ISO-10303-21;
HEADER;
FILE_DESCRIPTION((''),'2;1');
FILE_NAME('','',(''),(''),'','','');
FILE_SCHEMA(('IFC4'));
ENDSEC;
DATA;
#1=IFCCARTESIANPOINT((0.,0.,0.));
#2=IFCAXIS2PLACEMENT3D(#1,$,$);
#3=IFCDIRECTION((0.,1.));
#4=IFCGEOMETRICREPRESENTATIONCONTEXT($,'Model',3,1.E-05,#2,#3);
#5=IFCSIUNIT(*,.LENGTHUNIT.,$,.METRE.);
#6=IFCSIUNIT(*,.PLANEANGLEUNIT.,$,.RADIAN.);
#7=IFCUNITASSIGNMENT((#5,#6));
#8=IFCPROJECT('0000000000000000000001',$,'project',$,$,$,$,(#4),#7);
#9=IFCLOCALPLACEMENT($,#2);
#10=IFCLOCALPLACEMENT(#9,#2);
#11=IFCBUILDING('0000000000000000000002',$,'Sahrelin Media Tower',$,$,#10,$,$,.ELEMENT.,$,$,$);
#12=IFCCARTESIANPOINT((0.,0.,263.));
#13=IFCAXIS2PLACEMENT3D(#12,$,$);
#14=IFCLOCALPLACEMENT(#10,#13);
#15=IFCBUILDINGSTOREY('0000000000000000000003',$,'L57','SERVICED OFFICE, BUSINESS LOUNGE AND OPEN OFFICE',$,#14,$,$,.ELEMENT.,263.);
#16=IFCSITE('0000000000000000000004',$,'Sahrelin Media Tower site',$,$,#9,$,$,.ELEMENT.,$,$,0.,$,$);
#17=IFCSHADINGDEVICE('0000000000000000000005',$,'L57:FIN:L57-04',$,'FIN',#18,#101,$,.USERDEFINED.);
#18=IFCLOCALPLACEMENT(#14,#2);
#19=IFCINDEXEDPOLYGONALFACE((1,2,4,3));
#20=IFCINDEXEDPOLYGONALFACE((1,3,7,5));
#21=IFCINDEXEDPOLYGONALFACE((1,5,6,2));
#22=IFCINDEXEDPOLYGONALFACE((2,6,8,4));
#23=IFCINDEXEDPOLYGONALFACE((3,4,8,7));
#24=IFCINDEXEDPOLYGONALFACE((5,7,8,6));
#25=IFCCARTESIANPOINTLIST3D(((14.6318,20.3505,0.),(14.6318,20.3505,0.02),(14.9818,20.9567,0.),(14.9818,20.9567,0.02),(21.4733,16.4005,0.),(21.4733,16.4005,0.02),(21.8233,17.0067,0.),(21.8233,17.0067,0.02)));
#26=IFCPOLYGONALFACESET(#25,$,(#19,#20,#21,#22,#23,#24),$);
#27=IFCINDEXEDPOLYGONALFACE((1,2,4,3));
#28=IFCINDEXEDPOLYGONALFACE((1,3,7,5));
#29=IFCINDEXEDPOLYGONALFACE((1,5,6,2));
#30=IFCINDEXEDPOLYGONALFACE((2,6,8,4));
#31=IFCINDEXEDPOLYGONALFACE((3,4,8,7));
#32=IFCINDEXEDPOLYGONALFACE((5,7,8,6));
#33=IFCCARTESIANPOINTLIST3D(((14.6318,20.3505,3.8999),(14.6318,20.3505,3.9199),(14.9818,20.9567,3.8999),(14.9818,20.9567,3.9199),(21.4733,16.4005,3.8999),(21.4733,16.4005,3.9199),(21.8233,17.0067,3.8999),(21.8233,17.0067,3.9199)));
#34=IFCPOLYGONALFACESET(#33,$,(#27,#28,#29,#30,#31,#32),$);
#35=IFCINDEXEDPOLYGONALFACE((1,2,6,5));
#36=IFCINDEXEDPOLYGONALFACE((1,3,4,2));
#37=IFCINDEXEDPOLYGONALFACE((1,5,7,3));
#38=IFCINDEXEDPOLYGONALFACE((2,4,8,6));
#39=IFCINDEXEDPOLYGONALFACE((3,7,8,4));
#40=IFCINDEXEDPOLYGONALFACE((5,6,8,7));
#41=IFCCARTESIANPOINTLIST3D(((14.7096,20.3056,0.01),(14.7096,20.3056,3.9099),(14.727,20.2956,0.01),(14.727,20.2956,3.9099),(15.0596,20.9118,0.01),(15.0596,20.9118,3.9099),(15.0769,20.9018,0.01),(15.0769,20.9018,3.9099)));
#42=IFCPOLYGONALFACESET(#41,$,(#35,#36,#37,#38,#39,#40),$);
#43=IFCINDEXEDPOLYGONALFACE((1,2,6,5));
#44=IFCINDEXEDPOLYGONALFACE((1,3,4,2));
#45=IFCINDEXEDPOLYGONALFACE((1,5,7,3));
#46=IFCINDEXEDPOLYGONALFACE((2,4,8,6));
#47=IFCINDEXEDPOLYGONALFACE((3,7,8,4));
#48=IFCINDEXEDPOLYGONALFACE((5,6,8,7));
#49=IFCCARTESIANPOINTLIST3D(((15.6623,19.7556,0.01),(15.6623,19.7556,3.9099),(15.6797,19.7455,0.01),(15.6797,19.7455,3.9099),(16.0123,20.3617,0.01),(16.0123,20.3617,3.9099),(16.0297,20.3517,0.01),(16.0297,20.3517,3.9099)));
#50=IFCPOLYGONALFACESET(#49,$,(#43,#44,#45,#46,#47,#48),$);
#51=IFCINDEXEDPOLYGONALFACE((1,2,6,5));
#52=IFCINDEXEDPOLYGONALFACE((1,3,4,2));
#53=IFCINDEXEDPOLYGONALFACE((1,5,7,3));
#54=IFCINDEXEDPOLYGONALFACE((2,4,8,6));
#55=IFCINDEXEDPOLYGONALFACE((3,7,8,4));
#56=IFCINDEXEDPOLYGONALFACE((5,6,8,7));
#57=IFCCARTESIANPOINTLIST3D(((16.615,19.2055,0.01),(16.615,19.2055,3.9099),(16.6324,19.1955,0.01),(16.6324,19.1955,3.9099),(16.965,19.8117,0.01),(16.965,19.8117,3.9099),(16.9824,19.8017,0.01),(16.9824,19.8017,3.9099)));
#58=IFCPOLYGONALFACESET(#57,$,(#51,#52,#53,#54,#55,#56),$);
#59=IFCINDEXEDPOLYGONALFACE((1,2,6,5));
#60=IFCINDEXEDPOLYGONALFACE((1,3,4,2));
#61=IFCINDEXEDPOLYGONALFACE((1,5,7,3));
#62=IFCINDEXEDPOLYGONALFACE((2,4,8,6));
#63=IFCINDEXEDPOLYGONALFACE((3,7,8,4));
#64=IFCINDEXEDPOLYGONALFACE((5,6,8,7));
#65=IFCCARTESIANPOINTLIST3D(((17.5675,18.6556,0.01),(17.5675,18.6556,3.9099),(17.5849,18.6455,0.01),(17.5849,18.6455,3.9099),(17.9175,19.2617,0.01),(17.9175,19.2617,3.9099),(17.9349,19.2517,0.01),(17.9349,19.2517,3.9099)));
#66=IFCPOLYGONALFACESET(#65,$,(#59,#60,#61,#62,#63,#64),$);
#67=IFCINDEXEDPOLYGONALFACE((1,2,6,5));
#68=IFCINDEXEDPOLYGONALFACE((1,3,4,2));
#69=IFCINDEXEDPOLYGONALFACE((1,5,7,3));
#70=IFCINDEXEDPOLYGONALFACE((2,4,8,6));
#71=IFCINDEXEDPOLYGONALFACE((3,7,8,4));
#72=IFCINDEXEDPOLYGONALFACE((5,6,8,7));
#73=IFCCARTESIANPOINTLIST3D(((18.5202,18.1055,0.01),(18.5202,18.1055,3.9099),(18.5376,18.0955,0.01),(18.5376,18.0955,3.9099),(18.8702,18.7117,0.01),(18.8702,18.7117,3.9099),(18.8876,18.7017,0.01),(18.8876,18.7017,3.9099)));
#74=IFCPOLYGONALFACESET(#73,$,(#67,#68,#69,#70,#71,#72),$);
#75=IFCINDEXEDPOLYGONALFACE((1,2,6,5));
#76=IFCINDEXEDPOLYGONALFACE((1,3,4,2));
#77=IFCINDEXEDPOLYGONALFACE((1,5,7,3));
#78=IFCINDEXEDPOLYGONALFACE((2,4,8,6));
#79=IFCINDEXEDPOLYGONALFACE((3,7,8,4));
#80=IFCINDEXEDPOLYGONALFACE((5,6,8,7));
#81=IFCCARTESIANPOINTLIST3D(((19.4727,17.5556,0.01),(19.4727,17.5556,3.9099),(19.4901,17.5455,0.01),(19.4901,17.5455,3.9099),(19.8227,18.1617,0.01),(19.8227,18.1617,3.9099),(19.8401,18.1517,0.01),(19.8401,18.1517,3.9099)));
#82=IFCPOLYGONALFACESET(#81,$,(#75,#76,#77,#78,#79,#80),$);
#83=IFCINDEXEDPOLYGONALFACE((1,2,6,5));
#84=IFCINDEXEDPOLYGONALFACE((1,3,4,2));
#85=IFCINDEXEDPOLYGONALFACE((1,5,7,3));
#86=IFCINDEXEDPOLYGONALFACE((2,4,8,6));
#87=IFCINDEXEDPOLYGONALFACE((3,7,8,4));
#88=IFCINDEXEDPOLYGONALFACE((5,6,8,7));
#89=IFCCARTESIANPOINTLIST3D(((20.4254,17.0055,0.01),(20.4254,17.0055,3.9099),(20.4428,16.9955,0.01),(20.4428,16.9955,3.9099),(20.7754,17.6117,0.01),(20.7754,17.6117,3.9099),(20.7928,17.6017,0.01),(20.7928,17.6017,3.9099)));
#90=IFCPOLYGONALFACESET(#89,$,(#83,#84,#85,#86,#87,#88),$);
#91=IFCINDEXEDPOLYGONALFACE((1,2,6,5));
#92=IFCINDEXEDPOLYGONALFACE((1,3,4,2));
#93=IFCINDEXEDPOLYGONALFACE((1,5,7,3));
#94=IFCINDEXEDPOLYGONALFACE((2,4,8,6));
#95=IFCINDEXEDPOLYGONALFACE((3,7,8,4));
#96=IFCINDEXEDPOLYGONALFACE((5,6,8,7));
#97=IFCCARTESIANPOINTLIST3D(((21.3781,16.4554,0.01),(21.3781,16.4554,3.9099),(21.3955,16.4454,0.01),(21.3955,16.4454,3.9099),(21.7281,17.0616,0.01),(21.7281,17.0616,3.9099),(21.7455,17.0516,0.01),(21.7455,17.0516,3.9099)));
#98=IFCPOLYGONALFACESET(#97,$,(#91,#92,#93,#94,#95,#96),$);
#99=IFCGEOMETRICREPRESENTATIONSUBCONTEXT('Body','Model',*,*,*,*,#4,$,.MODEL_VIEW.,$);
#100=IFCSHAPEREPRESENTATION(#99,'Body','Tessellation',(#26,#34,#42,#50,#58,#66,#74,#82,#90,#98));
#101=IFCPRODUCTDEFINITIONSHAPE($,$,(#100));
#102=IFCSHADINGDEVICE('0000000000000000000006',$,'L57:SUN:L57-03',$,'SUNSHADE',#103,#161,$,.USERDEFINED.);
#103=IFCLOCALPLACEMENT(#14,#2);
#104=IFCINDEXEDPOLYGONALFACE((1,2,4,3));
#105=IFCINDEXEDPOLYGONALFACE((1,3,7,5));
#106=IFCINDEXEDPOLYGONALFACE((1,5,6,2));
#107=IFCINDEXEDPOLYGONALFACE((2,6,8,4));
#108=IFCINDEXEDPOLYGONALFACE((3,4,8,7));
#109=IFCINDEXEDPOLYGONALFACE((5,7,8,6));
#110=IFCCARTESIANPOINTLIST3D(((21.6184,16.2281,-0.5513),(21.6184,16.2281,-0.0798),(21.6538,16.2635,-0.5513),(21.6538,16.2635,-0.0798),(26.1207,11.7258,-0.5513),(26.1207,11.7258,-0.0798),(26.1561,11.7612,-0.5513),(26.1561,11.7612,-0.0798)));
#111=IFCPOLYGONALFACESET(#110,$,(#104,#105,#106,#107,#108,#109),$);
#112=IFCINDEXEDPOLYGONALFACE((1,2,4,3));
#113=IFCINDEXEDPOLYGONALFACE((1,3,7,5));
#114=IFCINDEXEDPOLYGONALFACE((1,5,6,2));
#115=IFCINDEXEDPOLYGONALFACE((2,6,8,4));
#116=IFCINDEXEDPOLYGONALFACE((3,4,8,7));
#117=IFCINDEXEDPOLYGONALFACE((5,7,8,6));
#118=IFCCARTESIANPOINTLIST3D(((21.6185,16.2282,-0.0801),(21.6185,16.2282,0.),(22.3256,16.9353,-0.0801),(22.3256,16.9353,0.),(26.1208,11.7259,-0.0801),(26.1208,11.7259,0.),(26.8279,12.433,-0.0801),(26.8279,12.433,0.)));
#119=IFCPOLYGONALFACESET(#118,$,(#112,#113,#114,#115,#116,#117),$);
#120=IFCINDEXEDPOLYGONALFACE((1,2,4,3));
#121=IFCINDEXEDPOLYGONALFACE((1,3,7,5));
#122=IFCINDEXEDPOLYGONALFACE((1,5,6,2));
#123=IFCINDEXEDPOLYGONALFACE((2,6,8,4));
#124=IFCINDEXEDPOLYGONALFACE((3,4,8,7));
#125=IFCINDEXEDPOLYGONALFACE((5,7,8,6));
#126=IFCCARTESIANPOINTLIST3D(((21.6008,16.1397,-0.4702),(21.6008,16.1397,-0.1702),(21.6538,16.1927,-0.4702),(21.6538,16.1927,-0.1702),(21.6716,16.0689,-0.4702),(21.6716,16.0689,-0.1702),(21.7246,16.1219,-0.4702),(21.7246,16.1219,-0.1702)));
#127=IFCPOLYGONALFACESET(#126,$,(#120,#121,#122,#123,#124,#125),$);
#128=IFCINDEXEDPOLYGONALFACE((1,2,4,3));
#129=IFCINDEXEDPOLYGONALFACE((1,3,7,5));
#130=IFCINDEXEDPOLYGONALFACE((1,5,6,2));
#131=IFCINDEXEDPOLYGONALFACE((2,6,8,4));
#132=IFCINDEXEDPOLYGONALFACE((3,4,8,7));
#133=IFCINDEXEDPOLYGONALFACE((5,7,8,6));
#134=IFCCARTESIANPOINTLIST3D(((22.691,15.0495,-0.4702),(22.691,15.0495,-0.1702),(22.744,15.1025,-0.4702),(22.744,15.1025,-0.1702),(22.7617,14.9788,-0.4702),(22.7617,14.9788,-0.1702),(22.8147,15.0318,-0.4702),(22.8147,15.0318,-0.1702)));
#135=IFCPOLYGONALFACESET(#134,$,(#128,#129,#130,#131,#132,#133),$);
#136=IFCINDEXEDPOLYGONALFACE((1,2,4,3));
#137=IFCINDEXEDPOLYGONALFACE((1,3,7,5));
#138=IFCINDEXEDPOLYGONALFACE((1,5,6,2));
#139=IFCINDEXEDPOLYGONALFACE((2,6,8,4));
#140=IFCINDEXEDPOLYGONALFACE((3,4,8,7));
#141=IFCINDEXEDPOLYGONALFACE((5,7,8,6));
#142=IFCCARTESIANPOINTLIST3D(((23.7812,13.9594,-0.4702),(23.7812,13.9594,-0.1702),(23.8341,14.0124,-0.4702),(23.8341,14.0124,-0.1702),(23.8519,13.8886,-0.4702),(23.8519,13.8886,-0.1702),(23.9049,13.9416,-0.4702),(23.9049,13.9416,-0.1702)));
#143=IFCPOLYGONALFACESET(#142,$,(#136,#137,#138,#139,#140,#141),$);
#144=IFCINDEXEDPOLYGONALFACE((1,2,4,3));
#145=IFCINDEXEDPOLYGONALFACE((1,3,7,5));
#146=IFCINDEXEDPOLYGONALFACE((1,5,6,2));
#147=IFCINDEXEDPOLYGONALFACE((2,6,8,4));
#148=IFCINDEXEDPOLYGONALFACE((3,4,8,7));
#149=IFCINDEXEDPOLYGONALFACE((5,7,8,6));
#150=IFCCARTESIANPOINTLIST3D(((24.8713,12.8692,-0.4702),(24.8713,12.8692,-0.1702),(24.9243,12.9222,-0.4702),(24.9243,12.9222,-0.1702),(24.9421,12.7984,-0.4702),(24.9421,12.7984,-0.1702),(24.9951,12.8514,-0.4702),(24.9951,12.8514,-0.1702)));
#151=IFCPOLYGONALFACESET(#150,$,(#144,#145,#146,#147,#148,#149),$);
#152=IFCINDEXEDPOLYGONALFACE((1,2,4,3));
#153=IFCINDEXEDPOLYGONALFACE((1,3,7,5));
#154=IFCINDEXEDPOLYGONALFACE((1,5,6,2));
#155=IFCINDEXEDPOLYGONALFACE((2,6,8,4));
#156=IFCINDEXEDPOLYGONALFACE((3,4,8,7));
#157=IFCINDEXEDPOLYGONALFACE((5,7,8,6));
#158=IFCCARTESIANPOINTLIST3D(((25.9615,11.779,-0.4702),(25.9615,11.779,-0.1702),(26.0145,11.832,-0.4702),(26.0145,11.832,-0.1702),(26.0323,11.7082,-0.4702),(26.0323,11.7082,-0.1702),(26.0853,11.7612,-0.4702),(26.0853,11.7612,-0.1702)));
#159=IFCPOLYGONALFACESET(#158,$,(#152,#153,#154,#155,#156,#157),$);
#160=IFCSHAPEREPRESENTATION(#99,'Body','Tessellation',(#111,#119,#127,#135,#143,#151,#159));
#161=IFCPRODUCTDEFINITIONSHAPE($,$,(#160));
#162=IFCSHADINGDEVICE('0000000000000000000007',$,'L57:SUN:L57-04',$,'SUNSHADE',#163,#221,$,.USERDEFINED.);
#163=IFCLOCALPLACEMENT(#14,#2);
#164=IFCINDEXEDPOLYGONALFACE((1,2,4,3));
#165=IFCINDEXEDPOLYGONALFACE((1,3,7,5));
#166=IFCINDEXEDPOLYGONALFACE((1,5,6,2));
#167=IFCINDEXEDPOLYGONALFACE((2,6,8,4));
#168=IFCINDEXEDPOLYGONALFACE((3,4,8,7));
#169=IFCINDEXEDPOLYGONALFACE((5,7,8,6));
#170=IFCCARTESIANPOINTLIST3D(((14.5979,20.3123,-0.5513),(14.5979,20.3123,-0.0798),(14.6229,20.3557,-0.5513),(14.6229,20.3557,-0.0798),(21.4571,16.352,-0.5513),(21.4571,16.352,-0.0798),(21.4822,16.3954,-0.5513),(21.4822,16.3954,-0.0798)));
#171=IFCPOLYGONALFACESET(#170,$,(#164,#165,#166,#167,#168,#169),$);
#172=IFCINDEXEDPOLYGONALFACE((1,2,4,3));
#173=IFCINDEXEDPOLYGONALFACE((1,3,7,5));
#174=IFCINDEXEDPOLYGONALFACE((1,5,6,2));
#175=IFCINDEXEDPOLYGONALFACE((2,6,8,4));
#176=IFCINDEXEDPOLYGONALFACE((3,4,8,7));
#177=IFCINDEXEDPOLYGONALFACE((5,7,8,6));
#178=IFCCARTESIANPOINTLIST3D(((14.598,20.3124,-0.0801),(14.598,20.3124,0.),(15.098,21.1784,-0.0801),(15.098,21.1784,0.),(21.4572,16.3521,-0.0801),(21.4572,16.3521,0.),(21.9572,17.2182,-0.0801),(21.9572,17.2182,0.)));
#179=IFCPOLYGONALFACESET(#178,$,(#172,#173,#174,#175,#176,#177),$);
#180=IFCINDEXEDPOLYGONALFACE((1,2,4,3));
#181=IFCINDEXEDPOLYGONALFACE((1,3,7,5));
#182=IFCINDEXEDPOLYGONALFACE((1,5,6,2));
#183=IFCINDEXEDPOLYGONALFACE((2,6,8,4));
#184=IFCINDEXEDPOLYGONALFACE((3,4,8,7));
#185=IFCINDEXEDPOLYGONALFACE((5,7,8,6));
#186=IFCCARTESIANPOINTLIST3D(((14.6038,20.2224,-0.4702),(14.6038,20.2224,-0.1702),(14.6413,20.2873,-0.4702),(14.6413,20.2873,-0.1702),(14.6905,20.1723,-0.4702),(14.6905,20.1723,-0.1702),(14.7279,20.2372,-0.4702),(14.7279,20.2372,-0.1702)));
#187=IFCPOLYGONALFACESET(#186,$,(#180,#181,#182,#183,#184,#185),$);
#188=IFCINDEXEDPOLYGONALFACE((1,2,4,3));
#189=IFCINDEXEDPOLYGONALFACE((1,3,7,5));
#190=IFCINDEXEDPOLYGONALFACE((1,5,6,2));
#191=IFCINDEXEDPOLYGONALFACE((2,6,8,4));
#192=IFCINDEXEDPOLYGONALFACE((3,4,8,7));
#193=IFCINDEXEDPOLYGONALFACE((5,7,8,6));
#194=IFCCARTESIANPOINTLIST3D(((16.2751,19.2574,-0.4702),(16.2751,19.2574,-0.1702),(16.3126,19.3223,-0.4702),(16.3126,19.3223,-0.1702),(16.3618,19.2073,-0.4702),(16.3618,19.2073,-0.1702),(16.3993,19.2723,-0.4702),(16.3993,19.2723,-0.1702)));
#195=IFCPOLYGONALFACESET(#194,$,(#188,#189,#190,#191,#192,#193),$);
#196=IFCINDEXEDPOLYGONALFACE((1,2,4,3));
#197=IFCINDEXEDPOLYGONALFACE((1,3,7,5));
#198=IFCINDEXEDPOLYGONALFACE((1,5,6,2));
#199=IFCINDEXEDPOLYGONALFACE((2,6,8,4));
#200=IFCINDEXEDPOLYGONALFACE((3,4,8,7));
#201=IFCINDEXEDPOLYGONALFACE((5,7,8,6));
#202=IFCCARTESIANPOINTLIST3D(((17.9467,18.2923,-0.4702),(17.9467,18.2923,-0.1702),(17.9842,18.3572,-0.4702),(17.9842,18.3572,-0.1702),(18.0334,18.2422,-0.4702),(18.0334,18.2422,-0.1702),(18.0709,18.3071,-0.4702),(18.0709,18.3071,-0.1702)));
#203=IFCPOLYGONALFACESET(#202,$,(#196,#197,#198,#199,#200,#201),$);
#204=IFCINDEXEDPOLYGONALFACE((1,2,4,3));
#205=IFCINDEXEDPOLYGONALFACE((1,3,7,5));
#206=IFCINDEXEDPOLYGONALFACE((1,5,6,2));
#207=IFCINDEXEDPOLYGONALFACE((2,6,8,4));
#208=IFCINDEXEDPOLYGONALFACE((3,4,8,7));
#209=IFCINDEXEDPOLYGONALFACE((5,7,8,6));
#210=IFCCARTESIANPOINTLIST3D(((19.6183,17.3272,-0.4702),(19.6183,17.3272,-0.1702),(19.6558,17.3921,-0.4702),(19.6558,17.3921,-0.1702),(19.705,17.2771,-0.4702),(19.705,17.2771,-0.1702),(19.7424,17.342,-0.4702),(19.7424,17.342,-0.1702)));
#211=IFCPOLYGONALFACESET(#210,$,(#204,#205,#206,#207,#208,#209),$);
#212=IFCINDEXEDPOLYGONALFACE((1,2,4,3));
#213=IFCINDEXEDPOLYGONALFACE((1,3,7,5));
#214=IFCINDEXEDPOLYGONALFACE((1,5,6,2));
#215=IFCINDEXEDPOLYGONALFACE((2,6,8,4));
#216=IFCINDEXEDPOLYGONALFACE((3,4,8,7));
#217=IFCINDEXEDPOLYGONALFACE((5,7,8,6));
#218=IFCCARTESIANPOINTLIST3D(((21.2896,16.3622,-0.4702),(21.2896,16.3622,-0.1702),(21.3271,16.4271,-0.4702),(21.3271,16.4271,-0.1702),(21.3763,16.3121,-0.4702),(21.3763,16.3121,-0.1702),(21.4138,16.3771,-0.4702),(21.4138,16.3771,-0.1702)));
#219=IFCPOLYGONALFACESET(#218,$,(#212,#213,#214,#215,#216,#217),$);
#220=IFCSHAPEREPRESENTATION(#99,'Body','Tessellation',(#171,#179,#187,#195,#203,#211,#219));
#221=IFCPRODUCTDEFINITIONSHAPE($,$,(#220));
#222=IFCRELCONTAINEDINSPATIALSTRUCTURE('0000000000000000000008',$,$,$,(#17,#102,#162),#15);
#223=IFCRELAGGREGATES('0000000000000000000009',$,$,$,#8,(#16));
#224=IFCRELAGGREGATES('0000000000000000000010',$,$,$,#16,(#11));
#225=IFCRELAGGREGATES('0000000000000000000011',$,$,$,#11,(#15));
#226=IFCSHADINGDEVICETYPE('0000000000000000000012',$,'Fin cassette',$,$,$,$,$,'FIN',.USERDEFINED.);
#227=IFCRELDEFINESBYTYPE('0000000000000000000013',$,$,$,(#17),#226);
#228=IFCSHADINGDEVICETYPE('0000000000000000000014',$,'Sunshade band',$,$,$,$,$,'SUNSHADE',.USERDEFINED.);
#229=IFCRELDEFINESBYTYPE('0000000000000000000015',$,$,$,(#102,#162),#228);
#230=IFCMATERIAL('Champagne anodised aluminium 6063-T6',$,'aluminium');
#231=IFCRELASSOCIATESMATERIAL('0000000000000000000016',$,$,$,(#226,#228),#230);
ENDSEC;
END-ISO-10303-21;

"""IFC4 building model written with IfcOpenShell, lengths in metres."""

from ifc_helpers import new_model, si_unit, direction, frame, origin, origin_2d, place, context, subcontext, project, spatial, rectangle, extrude, material, type_object, element, save


model = new_model("IFC4")

# Units and contexts
model_context = context("Model", 3, precision=1e-05, world=origin(), true_north=direction((0.0, 1.0)))
body_context = subcontext(model_context, "Body", "Model", "MODEL_VIEW")
ifc_project = project(units=[si_unit("LENGTHUNIT", "METRE"), si_unit("PLANEANGLEUNIT", "RADIAN")], contexts=[model_context])

# Site, building, storey
site_placement = place(None, origin())
site = spatial("IfcSite", under=ifc_project, at=site_placement, Name="Sahrelin Media Tower site", CompositionType="ELEMENT", RefElevation=0.0)
building_placement = place(site_placement, origin())
building = spatial("IfcBuilding", under=site, at=building_placement, Name="Sahrelin Media Tower", CompositionType="ELEMENT")
storey_placement = place(building_placement, frame((0.0, 0.0, 263.0)))
storey = spatial("IfcBuildingStorey", under=building, at=storey_placement, Name="L57", Description="SERVICED OFFICE, BUSINESS LOUNGE AND OPEN OFFICE", CompositionType="ELEMENT", Elevation=263.0)

# Shared definitions
ifc_material_1 = material(Name="Champagne anodised aluminium 6063-T6", Category="aluminium")

# Shading devices
shading_device_type_1 = type_object("IfcShadingDeviceType", Name="Fin cassette", ElementType="FIN", PredefinedType="USERDEFINED", material=ifc_material_1)
placement_1 = place(storey_placement, frame((23.8555, 13.9629, 0.0), z_axis=(0.0, 0.0, 1.0), x_axis=(0.707107, -0.707107, 0.0)))
placement_2 = place(storey_placement, frame((18.0176, 18.3149, 0.0), z_axis=(0.0, 0.0, 1.0), x_axis=(0.866019, -0.500011, 0.0)))
element("IfcShadingDevice", 1, at=placement_2, inside=storey, type_object=shading_device_type_1, Name="L57:FIN:L57-04", ObjectType="FIN", PredefinedType="USERDEFINED", context=body_context, shape_type="SweptSolid", body=[
    extrude(rectangle(XDim=7.8999, YDim=0.7, at=origin_2d()), frame((0.0, 0.4199, 0.0)), (0.0, 0.0, 1.0), 0.02),
    extrude(rectangle(XDim=7.8999, YDim=0.7, at=origin_2d()), frame((0.0, 0.4199, 3.8999)), (0.0, 0.0, 1.0), 0.02),
    extrude(rectangle(XDim=0.02, YDim=0.7, at=origin_2d()), frame((-3.8501, 0.4199, 0.01), z_axis=(0.0, 0.0, 1.0), x_axis=(1.0, 0.0, 0.0)), (0.0, 0.0, 1.0), 3.8999),
    extrude(rectangle(XDim=0.02, YDim=0.7, at=origin_2d()), frame((-2.75, 0.4199, 0.01), z_axis=(0.0, 0.0, 1.0), x_axis=(1.0, 0.0, 0.0)), (0.0, 0.0, 1.0), 3.8999),
    extrude(rectangle(XDim=0.02, YDim=0.7, at=origin_2d()), frame((-1.6499, 0.4199, 0.01), z_axis=(0.0, 0.0, 1.0), x_axis=(1.0, 0.0, 0.0)), (0.0, 0.0, 1.0), 3.8999),
    extrude(rectangle(XDim=0.02, YDim=0.7, at=origin_2d()), frame((-0.55, 0.4199, 0.01), z_axis=(0.0, 0.0, 1.0), x_axis=(1.0, 0.0, 0.0)), (0.0, 0.0, 1.0), 3.8999),
    extrude(rectangle(XDim=0.02, YDim=0.7, at=origin_2d()), frame((0.55, 0.4199, 0.01), z_axis=(0.0, 0.0, 1.0), x_axis=(1.0, 0.0, 0.0)), (0.0, 0.0, 1.0), 3.8999),
    extrude(rectangle(XDim=0.02, YDim=0.7, at=origin_2d()), frame((1.6499, 0.4199, 0.01), z_axis=(0.0, 0.0, 1.0), x_axis=(1.0, 0.0, 0.0)), (0.0, 0.0, 1.0), 3.8999),
    extrude(rectangle(XDim=0.02, YDim=0.7, at=origin_2d()), frame((2.75, 0.4199, 0.01), z_axis=(0.0, 0.0, 1.0), x_axis=(1.0, 0.0, 0.0)), (0.0, 0.0, 1.0), 3.8999),
    extrude(rectangle(XDim=0.02, YDim=0.7, at=origin_2d()), frame((3.8501, 0.4199, 0.01), z_axis=(0.0, 0.0, 1.0), x_axis=(1.0, 0.0, 0.0)), (0.0, 0.0, 1.0), 3.8999),
])
shading_device_type_2 = type_object("IfcShadingDeviceType", Name="Sunshade band", ElementType="SUNSHADE", PredefinedType="USERDEFINED", material=ifc_material_1)
element("IfcShadingDevice", 2, at=placement_1, inside=storey, type_object=shading_device_type_2, Name="L57:SUN:L57-03", ObjectType="SUNSHADE", PredefinedType="USERDEFINED", context=body_context, shape_type="SweptSolid", body=[
    extrude(rectangle(XDim=6.3672, YDim=0.05, at=origin_2d()), frame((0.0, 0.0449, -0.5513)), (0.0, 0.0, 1.0), 0.4714),
    extrude(rectangle(XDim=6.3672, YDim=1.0, at=origin_2d()), frame((0.0, 0.52, -0.0801)), (0.0, 0.0, 1.0), 0.0801),
    extrude(rectangle(XDim=0.1001, YDim=0.075, at=origin_2d()), frame((-3.0835, -0.0176, -0.4702)), (0.0, 0.0, 1.0), 0.3),
    extrude(rectangle(XDim=0.1001, YDim=0.075, at=origin_2d()), frame((-1.5417, -0.0176, -0.4702)), (0.0, 0.0, 1.0), 0.3),
    extrude(rectangle(XDim=0.1001, YDim=0.075, at=origin_2d()), frame((0.0, -0.0176, -0.4702)), (0.0, 0.0, 1.0), 0.3),
    extrude(rectangle(XDim=0.1001, YDim=0.075, at=origin_2d()), frame((1.5417, -0.0176, -0.4702)), (0.0, 0.0, 1.0), 0.3),
    extrude(rectangle(XDim=0.1001, YDim=0.075, at=origin_2d()), frame((3.0835, -0.0176, -0.4702)), (0.0, 0.0, 1.0), 0.3),
])
element("IfcShadingDevice", 3, at=placement_2, inside=storey, type_object=shading_device_type_2, Name="L57:SUN:L57-04", ObjectType="SUNSHADE", PredefinedType="USERDEFINED", context=body_context, shape_type="SweptSolid", body=[
    extrude(rectangle(XDim=7.9204, YDim=0.05, at=origin_2d()), frame((0.0, 0.0449, -0.5513)), (0.0, 0.0, 1.0), 0.4714),
    extrude(rectangle(XDim=7.9204, YDim=1.0, at=origin_2d()), frame((0.0, 0.52, -0.0801)), (0.0, 0.0, 1.0), 0.0801),
    extrude(rectangle(XDim=0.1001, YDim=0.075, at=origin_2d()), frame((-3.8601, -0.0176, -0.4702)), (0.0, 0.0, 1.0), 0.3),
    extrude(rectangle(XDim=0.1001, YDim=0.075, at=origin_2d()), frame((-1.9302, -0.0176, -0.4702)), (0.0, 0.0, 1.0), 0.3),
    extrude(rectangle(XDim=0.1001, YDim=0.075, at=origin_2d()), frame((0.0, -0.0176, -0.4702)), (0.0, 0.0, 1.0), 0.3),
    extrude(rectangle(XDim=0.1001, YDim=0.075, at=origin_2d()), frame((1.9302, -0.0176, -0.4702)), (0.0, 0.0, 1.0), 0.3),
    extrude(rectangle(XDim=0.1001, YDim=0.075, at=origin_2d()), frame((3.8601, -0.0176, -0.4702)), (0.0, 0.0, 1.0), 0.3),
])

save(model, "model.ifc")
